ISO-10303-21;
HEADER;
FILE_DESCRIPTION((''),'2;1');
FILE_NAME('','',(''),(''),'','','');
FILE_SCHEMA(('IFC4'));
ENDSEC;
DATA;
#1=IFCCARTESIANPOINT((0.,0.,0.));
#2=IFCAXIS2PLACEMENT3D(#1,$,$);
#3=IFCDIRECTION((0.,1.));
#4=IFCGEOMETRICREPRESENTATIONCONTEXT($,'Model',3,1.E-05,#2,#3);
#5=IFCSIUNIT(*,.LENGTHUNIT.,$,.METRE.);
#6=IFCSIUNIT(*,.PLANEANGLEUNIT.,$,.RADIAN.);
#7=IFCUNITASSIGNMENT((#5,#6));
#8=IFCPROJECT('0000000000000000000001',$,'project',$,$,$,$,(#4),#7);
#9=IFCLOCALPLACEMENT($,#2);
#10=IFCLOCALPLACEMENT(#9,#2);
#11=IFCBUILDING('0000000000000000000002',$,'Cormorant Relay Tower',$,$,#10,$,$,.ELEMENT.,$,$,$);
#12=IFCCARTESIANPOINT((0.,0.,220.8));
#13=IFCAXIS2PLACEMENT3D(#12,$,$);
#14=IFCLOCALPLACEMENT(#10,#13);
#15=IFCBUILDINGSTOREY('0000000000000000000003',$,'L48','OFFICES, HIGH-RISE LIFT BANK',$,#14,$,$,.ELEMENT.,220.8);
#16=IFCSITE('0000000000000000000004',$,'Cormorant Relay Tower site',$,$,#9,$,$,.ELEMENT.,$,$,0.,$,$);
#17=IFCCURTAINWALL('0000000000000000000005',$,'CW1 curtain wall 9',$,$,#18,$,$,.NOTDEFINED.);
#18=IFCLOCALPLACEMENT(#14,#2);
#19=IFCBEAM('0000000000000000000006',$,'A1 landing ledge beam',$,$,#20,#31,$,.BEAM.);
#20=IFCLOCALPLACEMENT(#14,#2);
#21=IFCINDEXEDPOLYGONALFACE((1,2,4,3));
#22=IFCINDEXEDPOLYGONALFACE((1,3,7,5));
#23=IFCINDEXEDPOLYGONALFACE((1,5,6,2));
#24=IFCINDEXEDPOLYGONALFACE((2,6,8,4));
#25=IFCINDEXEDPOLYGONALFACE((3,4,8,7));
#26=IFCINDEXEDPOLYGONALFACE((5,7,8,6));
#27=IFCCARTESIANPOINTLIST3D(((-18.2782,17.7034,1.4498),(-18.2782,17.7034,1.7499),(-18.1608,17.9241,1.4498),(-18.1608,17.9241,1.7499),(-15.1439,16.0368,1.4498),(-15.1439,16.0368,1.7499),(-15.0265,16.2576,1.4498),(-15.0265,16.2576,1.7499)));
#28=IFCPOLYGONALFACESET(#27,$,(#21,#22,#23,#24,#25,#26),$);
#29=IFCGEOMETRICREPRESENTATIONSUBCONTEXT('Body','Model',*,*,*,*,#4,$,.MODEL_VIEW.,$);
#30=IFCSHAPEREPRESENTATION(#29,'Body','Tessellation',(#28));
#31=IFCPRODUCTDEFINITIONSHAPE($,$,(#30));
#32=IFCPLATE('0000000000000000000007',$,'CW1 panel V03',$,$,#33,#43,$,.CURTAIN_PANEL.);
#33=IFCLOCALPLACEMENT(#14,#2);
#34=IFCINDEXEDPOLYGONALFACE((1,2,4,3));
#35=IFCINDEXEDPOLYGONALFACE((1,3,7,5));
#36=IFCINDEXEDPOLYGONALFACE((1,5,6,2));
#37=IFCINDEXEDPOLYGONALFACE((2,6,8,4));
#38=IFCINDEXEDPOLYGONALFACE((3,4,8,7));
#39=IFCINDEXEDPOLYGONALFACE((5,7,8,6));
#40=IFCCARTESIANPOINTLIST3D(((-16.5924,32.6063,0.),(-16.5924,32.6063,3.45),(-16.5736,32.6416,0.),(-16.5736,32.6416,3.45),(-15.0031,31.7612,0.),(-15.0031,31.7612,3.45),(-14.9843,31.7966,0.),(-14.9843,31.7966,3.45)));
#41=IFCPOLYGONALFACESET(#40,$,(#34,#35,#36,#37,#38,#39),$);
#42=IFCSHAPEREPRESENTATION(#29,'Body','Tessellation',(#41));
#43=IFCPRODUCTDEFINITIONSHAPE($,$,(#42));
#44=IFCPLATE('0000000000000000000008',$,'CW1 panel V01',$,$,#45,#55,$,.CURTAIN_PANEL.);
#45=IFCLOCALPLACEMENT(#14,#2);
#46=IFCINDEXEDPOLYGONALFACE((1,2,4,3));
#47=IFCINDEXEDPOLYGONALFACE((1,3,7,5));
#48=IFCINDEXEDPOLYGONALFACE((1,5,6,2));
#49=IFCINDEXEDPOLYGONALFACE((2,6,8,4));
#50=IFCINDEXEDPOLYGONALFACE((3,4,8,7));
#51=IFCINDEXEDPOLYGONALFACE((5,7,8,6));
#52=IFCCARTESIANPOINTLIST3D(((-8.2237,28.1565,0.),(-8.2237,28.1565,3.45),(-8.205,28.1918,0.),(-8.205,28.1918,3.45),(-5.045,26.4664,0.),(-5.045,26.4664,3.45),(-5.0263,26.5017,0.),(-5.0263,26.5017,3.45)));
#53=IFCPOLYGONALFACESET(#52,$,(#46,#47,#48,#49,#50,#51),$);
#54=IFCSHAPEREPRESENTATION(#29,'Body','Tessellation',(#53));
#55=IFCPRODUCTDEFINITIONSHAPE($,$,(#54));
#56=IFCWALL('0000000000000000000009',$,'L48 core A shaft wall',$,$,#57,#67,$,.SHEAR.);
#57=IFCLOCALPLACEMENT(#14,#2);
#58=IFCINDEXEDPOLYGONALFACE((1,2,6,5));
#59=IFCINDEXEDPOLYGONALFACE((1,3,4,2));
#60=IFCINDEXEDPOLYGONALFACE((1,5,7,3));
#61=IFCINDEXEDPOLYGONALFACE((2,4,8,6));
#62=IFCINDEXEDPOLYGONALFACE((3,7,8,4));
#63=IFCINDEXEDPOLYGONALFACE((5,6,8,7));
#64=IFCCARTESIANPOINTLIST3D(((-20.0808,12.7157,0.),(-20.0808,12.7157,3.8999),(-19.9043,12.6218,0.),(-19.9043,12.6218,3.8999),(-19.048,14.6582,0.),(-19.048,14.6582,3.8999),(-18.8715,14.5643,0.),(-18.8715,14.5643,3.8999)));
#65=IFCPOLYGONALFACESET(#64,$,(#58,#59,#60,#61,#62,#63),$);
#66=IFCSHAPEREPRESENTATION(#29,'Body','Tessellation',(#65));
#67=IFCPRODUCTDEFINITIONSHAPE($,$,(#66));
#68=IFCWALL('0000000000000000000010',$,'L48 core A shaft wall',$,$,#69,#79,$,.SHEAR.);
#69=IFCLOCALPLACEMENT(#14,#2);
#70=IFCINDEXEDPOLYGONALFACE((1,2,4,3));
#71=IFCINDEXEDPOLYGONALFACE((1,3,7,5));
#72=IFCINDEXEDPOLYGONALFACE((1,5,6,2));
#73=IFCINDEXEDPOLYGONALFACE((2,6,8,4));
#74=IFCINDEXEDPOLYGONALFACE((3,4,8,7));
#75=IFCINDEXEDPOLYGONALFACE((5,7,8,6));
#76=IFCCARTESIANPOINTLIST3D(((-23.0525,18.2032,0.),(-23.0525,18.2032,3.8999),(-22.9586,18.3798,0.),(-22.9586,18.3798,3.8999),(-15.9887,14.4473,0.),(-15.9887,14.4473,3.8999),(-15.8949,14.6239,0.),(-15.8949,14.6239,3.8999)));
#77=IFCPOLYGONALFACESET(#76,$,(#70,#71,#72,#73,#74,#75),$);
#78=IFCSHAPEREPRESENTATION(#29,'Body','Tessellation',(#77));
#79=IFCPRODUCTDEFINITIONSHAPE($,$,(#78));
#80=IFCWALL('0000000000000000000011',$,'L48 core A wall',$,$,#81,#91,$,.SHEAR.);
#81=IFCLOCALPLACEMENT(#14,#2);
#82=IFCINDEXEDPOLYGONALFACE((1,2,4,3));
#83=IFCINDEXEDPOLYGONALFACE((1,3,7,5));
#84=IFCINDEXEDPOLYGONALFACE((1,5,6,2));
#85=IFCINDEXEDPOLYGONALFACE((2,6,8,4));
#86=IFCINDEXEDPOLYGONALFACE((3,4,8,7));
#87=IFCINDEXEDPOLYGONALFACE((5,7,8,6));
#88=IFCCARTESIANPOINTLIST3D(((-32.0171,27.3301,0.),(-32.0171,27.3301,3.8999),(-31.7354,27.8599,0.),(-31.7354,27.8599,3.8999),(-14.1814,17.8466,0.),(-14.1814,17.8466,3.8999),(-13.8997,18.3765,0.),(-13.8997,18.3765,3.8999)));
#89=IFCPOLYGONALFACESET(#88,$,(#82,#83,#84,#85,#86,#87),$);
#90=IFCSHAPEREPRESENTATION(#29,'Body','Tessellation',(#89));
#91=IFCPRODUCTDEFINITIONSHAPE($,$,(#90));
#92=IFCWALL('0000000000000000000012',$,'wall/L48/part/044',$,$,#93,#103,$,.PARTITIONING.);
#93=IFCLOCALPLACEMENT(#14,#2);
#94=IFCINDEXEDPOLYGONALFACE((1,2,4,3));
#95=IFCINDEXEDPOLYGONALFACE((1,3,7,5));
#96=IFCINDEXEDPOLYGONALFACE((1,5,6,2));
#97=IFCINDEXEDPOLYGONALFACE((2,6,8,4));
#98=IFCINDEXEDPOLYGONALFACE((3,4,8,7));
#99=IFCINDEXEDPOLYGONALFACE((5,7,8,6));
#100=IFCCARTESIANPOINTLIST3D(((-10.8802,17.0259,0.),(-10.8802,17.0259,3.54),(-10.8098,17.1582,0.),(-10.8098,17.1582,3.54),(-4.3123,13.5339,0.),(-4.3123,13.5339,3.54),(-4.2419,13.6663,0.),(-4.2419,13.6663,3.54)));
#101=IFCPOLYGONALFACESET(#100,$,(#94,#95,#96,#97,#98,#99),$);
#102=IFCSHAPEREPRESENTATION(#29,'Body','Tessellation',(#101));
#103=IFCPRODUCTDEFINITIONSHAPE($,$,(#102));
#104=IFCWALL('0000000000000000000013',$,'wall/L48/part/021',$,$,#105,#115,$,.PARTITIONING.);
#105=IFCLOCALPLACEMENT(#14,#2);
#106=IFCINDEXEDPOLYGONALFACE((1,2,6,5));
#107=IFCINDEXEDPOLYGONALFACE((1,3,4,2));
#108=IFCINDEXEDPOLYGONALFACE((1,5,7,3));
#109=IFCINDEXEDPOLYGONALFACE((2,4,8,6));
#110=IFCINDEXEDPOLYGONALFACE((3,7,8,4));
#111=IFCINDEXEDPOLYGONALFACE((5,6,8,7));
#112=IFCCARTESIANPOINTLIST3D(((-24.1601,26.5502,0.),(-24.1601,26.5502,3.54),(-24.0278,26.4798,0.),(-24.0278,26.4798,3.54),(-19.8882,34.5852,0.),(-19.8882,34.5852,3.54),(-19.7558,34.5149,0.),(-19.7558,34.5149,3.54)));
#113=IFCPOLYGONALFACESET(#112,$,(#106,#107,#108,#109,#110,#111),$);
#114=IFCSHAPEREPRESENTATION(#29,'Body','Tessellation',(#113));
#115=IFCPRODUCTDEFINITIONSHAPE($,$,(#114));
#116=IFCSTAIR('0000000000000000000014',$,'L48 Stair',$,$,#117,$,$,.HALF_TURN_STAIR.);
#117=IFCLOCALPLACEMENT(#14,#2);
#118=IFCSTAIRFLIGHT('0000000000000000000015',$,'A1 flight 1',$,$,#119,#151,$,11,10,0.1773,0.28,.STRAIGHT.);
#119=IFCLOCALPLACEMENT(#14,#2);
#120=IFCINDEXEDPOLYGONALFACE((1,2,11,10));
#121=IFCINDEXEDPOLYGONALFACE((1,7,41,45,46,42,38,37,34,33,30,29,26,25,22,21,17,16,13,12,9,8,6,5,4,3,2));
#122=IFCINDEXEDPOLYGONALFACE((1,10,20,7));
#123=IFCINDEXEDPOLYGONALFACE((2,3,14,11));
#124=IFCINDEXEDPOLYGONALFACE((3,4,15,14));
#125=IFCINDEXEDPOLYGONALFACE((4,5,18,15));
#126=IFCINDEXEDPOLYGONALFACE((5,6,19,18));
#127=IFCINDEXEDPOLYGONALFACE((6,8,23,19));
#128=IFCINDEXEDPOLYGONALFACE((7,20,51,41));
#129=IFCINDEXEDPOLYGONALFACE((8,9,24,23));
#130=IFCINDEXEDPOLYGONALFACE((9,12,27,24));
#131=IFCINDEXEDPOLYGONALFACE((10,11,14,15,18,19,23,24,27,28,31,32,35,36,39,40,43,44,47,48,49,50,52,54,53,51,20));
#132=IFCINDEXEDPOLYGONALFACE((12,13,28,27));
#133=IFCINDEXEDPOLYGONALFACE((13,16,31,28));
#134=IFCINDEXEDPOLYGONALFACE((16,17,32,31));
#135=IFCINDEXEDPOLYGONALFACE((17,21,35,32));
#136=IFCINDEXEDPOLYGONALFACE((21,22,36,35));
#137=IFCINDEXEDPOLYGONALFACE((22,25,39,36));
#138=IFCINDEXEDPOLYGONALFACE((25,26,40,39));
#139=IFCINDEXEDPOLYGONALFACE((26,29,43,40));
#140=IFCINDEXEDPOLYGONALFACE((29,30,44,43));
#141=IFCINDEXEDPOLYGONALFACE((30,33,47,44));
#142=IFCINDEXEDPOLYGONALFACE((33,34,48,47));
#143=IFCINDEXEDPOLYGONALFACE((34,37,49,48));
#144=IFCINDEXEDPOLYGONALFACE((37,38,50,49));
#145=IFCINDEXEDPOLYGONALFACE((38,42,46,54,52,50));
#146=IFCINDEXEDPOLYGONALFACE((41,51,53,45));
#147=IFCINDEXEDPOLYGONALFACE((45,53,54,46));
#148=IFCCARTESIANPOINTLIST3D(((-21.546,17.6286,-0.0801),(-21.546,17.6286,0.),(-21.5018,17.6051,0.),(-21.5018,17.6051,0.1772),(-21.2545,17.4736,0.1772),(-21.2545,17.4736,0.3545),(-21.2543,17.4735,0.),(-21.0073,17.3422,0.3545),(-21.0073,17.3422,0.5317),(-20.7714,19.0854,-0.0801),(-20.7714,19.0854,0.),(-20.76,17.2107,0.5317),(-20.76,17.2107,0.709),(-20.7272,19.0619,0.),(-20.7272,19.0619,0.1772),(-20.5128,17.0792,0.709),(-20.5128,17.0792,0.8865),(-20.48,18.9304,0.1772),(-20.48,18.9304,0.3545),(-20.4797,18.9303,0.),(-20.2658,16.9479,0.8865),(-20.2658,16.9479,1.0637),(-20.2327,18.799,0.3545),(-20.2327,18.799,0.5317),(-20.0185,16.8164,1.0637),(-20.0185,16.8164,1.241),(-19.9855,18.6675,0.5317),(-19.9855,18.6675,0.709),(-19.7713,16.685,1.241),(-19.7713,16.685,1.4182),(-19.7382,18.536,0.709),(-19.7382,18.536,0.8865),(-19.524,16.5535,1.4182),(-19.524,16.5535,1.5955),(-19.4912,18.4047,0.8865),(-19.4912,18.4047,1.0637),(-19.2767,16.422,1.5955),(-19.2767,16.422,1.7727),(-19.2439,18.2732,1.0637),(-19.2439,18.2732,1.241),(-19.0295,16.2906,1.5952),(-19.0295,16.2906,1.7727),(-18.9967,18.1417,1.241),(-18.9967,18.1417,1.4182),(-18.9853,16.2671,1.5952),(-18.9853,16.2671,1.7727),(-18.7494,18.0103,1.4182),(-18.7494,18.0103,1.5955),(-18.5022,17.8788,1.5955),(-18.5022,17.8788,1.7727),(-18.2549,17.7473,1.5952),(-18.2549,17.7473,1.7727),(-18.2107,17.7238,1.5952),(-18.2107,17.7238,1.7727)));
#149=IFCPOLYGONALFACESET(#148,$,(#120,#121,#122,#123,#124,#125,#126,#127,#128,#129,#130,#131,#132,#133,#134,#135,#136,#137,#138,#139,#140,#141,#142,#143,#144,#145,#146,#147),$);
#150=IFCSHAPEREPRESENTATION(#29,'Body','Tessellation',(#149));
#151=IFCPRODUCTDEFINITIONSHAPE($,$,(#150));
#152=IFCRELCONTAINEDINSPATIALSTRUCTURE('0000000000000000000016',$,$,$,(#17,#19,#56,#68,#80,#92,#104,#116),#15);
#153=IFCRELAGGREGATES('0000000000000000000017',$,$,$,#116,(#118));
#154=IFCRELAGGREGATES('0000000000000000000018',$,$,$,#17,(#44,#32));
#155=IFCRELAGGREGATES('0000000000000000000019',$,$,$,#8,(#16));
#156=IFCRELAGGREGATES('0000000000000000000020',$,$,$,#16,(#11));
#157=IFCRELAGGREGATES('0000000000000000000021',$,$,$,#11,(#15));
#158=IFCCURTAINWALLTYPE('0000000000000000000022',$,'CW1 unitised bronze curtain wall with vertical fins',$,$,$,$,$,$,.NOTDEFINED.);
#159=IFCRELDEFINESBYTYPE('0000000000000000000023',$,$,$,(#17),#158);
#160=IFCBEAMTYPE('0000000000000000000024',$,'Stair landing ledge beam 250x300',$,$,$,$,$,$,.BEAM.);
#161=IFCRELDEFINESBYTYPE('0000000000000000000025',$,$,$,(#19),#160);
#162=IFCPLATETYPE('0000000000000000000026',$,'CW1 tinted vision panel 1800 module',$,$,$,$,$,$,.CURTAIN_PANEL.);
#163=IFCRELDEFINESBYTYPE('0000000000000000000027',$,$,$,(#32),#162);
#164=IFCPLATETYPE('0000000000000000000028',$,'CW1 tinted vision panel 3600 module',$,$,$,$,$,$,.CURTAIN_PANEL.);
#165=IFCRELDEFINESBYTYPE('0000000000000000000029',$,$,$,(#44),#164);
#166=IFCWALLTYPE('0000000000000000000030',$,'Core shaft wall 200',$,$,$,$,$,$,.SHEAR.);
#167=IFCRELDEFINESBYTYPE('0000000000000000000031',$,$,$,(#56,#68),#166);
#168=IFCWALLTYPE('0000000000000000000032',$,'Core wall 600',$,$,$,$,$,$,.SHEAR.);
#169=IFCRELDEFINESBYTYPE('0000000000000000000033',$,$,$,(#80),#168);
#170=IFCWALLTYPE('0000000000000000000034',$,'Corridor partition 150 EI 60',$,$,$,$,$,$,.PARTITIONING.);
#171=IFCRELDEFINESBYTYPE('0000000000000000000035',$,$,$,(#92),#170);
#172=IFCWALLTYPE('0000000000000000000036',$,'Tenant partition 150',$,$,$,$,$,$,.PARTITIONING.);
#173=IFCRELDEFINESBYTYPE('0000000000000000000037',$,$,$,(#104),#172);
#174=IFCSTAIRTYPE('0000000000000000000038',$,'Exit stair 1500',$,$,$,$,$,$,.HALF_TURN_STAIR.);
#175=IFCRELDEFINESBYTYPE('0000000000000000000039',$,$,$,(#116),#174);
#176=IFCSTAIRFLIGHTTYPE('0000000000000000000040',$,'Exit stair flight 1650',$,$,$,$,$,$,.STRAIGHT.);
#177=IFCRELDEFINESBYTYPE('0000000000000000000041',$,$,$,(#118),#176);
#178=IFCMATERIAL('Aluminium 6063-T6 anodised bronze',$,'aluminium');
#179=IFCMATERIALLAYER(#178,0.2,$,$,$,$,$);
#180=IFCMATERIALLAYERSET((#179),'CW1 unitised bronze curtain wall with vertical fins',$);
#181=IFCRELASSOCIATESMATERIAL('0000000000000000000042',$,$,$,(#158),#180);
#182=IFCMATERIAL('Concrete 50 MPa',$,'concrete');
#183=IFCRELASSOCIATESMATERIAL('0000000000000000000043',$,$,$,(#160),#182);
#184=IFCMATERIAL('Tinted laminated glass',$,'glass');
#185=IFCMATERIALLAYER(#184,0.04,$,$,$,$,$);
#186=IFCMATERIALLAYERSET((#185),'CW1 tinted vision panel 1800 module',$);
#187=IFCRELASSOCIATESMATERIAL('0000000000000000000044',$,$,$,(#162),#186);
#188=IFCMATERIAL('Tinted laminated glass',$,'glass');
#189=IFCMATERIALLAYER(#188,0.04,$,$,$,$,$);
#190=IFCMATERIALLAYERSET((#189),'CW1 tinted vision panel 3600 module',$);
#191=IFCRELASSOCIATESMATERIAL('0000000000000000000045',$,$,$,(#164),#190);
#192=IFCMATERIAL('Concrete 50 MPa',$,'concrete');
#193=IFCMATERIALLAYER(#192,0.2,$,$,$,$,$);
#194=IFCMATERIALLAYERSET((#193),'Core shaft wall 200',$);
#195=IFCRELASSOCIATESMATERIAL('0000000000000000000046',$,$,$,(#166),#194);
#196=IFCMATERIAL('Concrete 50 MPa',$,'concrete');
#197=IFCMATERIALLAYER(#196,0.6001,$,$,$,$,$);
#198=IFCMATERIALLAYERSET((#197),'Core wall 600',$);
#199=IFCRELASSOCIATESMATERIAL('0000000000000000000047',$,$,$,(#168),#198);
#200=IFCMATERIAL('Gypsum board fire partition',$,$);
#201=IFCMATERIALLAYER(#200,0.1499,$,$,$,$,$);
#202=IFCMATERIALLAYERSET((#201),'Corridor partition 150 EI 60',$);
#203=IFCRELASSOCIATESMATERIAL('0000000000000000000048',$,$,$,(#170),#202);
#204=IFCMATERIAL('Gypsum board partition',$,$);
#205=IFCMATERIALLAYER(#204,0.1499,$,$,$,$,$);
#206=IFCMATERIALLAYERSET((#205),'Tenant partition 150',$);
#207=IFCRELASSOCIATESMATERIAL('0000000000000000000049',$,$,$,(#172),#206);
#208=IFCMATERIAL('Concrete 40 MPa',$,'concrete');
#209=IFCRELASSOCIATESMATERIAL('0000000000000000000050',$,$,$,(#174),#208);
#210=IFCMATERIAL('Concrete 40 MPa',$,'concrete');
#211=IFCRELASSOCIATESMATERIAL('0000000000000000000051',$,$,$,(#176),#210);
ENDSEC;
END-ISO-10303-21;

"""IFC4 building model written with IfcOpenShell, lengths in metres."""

from ifc_helpers import new_model, si_unit, direction, frame, frame_2d, origin, origin_2d, place, context, subcontext, project, spatial, polyline, rectangle, outline, extrude, material, layer, layer_set, material_profile, profile_set, type_object, element, aggregate, save


model = new_model("IFC4")

# Units and contexts
model_context = context("Model", 3, precision=1e-05, world=origin(), true_north=direction((0.0, 1.0)))
body_context = subcontext(model_context, "Body", "Model", "MODEL_VIEW")
ifc_project = project(units=[si_unit("LENGTHUNIT", "METRE"), si_unit("PLANEANGLEUNIT", "RADIAN")], contexts=[model_context])

# Site, building, storey
site_placement = place(None, origin())
site = spatial("IfcSite", under=ifc_project, at=site_placement, Name="Cormorant Relay Tower site", CompositionType="ELEMENT", RefElevation=0.0)
building_placement = place(site_placement, origin())
building = spatial("IfcBuilding", under=site, at=building_placement, Name="Cormorant Relay Tower", CompositionType="ELEMENT")
storey_placement = place(building_placement, frame((0.0, 0.0, 220.8)))
storey = spatial("IfcBuildingStorey", under=building, at=storey_placement, Name="L48", Description="OFFICES, HIGH-RISE LIFT BANK", CompositionType="ELEMENT", Elevation=220.8)

# Curtain wall
ifc_material_1 = material(Name="Aluminium 6063-T6 anodised bronze", Category="aluminium")
ifc_layer_1 = layer(ifc_material_1, 0.2)
ifc_layer_set_1 = layer_set([ifc_layer_1], Name="CW1 unitised bronze curtain wall with vertical fins")
curtain_wall_type = type_object("IfcCurtainWallType", Name="CW1 unitised bronze curtain wall with vertical fins", PredefinedType="NOTDEFINED", material=ifc_layer_set_1)
curtain_wall_placement = place(storey_placement, origin())
curtain_wall = element("IfcCurtainWall", 1, at=curtain_wall_placement, inside=storey, type_object=curtain_wall_type, Name="CW1 curtain wall 9", PredefinedType="NOTDEFINED")

# Beam
ifc_material_2 = material(Name="Concrete 50 MPa", Category="concrete")
ifc_material_profile_1 = material_profile(ifc_material_2, rectangle(XDim=0.25, YDim=0.3, at=origin_2d()), Name="RC 250x300")
ifc_profile_set_1 = profile_set([ifc_material_profile_1], Name="Concrete 50 MPa")
beam_type_1 = type_object("IfcBeamType", Name="Stair landing ledge beam 250x300", PredefinedType="BEAM", material=ifc_profile_set_1)
beam_1_placement = place(storey_placement, frame((-18.2195, 17.8137, 1.5999), z_axis=(0.88295, -0.469467, 0.0), x_axis=(0.469467, 0.88295, 0.0)))
element("IfcBeam", 2, at=beam_1_placement, inside=storey, type_object=beam_type_1, Name="A1 landing ledge beam", PredefinedType="BEAM", context=body_context, shape_type="SweptSolid", body=[
    extrude(rectangle(XDim=0.25, YDim=0.3, at=origin_2d()), origin(), (0.0, 0.0, 1.0), 3.5498),
])

# Plates
ifc_material_3 = material(Name="Tinted laminated glass", Category="glass")
ifc_layer_2 = layer(ifc_material_3, 0.04)
ifc_layer_set_2 = layer_set([ifc_layer_2], Name="CW1 tinted vision panel 1800 module")
plate_type_1 = type_object("IfcPlateType", Name="CW1 tinted vision panel 1800 module", PredefinedType="CURTAIN_PANEL", material=ifc_layer_set_2)
plate_1_placement = place(storey_placement, frame((-15.7883, 32.2014, 0.0), z_axis=(0.0, 0.0, 1.0), x_axis=(-0.882948, 0.469472, 0.0)))
plate_1 = element("IfcPlate", 3, at=plate_1_placement, type_object=plate_type_1, Name="CW1 panel V03", PredefinedType="CURTAIN_PANEL", context=body_context, shape_type="SweptSolid", body=[
    extrude(rectangle(XDim=1.8, YDim=0.04, at=origin_2d()), origin(), (0.0, 0.0, 1.0), 3.45),
])
ifc_material_4 = material(Name="Tinted laminated glass", Category="glass")
ifc_layer_3 = layer(ifc_material_4, 0.04)
ifc_layer_set_3 = layer_set([ifc_layer_3], Name="CW1 tinted vision panel 3600 module")
plate_type_2 = type_object("IfcPlateType", Name="CW1 tinted vision panel 3600 module", PredefinedType="CURTAIN_PANEL", material=ifc_layer_set_3)
plate_2_placement = place(storey_placement, frame((-6.625, 27.3291, 0.0), z_axis=(0.0, 0.0, 1.0), x_axis=(-0.882948, 0.469472, 0.0)))
plate_2 = element("IfcPlate", 4, at=plate_2_placement, type_object=plate_type_2, Name="CW1 panel V01", PredefinedType="CURTAIN_PANEL", context=body_context, shape_type="SweptSolid", body=[
    extrude(rectangle(XDim=3.6001, YDim=0.04, at=origin_2d()), origin(), (0.0, 0.0, 1.0), 3.45),
])

# Walls
ifc_material_5 = material(Name="Concrete 50 MPa", Category="concrete")
ifc_layer_4 = layer(ifc_material_5, 0.2)
ifc_layer_set_4 = layer_set([ifc_layer_4], Name="Core shaft wall 200")
wall_type_1 = type_object("IfcWallType", Name="Core shaft wall 200", PredefinedType="SHEAR", material=ifc_layer_set_4)
wall_1_placement = place(storey_placement, frame((-18.9597, 14.6113, 0.0), z_axis=(0.0, 0.0, 1.0), x_axis=(-0.469447, -0.88296, 0.0)))
element("IfcWall", 5, at=wall_1_placement, inside=storey, type_object=wall_type_1, Name="L48 core A shaft wall", PredefinedType="SHEAR", context=body_context, shape_type="SweptSolid", body=[
    extrude(rectangle(XDim=2.2, YDim=0.2, at=frame_2d((1.1001, 0.0))), origin(), (0.0, 0.0, 1.0), 3.8999),
])
wall_2_placement = place(storey_placement, frame((-15.9419, 14.5356, 0.0), z_axis=(0.0, 0.0, 1.0), x_axis=(-0.882947, 0.469473, 0.0)))
element("IfcWall", 6, at=wall_2_placement, inside=storey, type_object=wall_type_1, Name="L48 core A shaft wall", PredefinedType="SHEAR", context=body_context, shape_type="SweptSolid", body=[
    extrude(rectangle(XDim=8.0002, YDim=0.2, at=frame_2d((4.0, 0.0))), origin(), (0.0, 0.0, 1.0), 3.8999),
])

# Shared definitions
ifc_material_6 = material(Name="Concrete 50 MPa", Category="concrete")
ifc_layer_5 = layer(ifc_material_6, 0.6001)
ifc_layer_set_5 = layer_set([ifc_layer_5], Name="Core wall 600")
wall_type_2 = type_object("IfcWallType", Name="Core wall 600", PredefinedType="SHEAR", material=ifc_layer_set_5)

# Walls
wall_3_placement = place(storey_placement, frame((-14.0405, 18.1116, 0.0), z_axis=(0.0, 0.0, 1.0), x_axis=(-0.882948, 0.469471, 0.0)))
element("IfcWall", 7, at=wall_3_placement, inside=storey, type_object=wall_type_2, Name="L48 core A wall", PredefinedType="SHEAR", context=body_context, shape_type="SweptSolid", body=[
    extrude(rectangle(XDim=20.2002, YDim=0.6001, at=frame_2d((10.1001, 0.0))), origin(), (0.0, 0.0, 1.0), 3.8999),
])
ifc_material_7 = material(Name="Gypsum board fire partition")
ifc_layer_6 = layer(ifc_material_7, 0.1499)
ifc_layer_set_6 = layer_set([ifc_layer_6], Name="Corridor partition 150 EI 60")
wall_type_3 = type_object("IfcWallType", Name="Corridor partition 150 EI 60", PredefinedType="PARTITIONING", material=ifc_layer_set_6)
wall_4_placement = place(storey_placement, frame((-10.845, 17.092, 0.0), z_axis=(0.0, 0.0, 1.0), x_axis=(0.882962, -0.469445, 0.0)))
element("IfcWall", 8, at=wall_4_placement, inside=storey, type_object=wall_type_3, Name="wall/L48/part/044", PredefinedType="PARTITIONING", context=body_context, shape_type="SweptSolid", body=[
    extrude(rectangle(XDim=7.4385, YDim=0.1499, at=frame_2d((3.7192, 0.0))), origin(), (0.0, 0.0, 1.0), 3.54),
])
ifc_material_8 = material(Name="Gypsum board partition")
ifc_layer_7 = layer(ifc_material_8, 0.1499)
ifc_layer_set_7 = layer_set([ifc_layer_7], Name="Tenant partition 150")
wall_type_4 = type_object("IfcWallType", Name="Tenant partition 150", PredefinedType="PARTITIONING", material=ifc_layer_set_7)
wall_5_placement = place(storey_placement, frame((-19.822, 34.55, 0.0), z_axis=(0.0, 0.0, 1.0), x_axis=(-0.469438, -0.882966, 0.0)))
element("IfcWall", 9, at=wall_5_placement, inside=storey, type_object=wall_type_4, Name="wall/L48/part/021", PredefinedType="PARTITIONING", context=body_context, shape_type="SweptSolid", body=[
    extrude(rectangle(XDim=9.1001, YDim=0.1499, at=frame_2d((4.55, 0.0))), origin(), (0.0, 0.0, 1.0), 3.54),
])

# Stair, stair flight
ifc_material_9 = material(Name="Concrete 40 MPa", Category="concrete")
stair_type = type_object("IfcStairType", Name="Exit stair 1500", PredefinedType="HALF_TURN_STAIR", material=ifc_material_9)
stair_placement = place(storey_placement, origin())
stair = element("IfcStair", 10, at=stair_placement, inside=storey, type_object=stair_type, Name="L48 Stair", PredefinedType="HALF_TURN_STAIR")
ifc_material_10 = material(Name="Concrete 40 MPa", Category="concrete")
stair_flight_type = type_object("IfcStairFlightType", Name="Exit stair flight 1650", PredefinedType="STRAIGHT", material=ifc_material_10)
stair_flight_1_placement = place(storey_placement, frame((-21.1145, 18.3335, 0.0), z_axis=(0.0, 0.0, 1.0), x_axis=(0.882948, -0.469472, 0.0)))
stair_flight_1 = element("IfcStairFlight", 11, at=stair_flight_1_placement, type_object=stair_flight_type, Name="A1 flight 1", NumberOfRisers=11, NumberOfTreads=10, PredefinedType="STRAIGHT", RiserHeight=0.1773, TreadLength=0.28, context=body_context, shape_type="SweptSolid", body=[
    extrude(outline(polyline([(-0.05, -0.0801), (-0.05, 0.0), (0.0, 0.0), (0.0, 0.1772), (0.28, 0.1772), (0.28, 0.3545), (0.5601, 0.3545), (0.5601, 0.5317), (0.8401, 0.5317), (0.8401, 0.709), (1.1201, 0.709), (1.1201, 0.8865), (1.3999, 0.8865), (1.3999, 1.0637), (1.6799, 1.0637), (1.6799, 1.241), (1.96, 1.241), (1.96, 1.4182), (2.24, 1.4182), (2.24, 1.5955), (2.52, 1.5955), (2.52, 1.7727), (2.8, 1.7727), (2.8501, 1.7727), (2.8501, 1.5952), (2.8, 1.5952), (0.2803, 0.0), (-0.05, -0.0801)])), frame((0.0, 0.825, 0.0), z_axis=(0.0, -1.0, 0.0), x_axis=(1.0, 0.0, 0.0)), (0.0, 0.0, 1.0), 1.6499),
])
aggregate(stair, [stair_flight_1])

aggregate(curtain_wall, [plate_2, plate_1])

save(model, "model.ifc")
